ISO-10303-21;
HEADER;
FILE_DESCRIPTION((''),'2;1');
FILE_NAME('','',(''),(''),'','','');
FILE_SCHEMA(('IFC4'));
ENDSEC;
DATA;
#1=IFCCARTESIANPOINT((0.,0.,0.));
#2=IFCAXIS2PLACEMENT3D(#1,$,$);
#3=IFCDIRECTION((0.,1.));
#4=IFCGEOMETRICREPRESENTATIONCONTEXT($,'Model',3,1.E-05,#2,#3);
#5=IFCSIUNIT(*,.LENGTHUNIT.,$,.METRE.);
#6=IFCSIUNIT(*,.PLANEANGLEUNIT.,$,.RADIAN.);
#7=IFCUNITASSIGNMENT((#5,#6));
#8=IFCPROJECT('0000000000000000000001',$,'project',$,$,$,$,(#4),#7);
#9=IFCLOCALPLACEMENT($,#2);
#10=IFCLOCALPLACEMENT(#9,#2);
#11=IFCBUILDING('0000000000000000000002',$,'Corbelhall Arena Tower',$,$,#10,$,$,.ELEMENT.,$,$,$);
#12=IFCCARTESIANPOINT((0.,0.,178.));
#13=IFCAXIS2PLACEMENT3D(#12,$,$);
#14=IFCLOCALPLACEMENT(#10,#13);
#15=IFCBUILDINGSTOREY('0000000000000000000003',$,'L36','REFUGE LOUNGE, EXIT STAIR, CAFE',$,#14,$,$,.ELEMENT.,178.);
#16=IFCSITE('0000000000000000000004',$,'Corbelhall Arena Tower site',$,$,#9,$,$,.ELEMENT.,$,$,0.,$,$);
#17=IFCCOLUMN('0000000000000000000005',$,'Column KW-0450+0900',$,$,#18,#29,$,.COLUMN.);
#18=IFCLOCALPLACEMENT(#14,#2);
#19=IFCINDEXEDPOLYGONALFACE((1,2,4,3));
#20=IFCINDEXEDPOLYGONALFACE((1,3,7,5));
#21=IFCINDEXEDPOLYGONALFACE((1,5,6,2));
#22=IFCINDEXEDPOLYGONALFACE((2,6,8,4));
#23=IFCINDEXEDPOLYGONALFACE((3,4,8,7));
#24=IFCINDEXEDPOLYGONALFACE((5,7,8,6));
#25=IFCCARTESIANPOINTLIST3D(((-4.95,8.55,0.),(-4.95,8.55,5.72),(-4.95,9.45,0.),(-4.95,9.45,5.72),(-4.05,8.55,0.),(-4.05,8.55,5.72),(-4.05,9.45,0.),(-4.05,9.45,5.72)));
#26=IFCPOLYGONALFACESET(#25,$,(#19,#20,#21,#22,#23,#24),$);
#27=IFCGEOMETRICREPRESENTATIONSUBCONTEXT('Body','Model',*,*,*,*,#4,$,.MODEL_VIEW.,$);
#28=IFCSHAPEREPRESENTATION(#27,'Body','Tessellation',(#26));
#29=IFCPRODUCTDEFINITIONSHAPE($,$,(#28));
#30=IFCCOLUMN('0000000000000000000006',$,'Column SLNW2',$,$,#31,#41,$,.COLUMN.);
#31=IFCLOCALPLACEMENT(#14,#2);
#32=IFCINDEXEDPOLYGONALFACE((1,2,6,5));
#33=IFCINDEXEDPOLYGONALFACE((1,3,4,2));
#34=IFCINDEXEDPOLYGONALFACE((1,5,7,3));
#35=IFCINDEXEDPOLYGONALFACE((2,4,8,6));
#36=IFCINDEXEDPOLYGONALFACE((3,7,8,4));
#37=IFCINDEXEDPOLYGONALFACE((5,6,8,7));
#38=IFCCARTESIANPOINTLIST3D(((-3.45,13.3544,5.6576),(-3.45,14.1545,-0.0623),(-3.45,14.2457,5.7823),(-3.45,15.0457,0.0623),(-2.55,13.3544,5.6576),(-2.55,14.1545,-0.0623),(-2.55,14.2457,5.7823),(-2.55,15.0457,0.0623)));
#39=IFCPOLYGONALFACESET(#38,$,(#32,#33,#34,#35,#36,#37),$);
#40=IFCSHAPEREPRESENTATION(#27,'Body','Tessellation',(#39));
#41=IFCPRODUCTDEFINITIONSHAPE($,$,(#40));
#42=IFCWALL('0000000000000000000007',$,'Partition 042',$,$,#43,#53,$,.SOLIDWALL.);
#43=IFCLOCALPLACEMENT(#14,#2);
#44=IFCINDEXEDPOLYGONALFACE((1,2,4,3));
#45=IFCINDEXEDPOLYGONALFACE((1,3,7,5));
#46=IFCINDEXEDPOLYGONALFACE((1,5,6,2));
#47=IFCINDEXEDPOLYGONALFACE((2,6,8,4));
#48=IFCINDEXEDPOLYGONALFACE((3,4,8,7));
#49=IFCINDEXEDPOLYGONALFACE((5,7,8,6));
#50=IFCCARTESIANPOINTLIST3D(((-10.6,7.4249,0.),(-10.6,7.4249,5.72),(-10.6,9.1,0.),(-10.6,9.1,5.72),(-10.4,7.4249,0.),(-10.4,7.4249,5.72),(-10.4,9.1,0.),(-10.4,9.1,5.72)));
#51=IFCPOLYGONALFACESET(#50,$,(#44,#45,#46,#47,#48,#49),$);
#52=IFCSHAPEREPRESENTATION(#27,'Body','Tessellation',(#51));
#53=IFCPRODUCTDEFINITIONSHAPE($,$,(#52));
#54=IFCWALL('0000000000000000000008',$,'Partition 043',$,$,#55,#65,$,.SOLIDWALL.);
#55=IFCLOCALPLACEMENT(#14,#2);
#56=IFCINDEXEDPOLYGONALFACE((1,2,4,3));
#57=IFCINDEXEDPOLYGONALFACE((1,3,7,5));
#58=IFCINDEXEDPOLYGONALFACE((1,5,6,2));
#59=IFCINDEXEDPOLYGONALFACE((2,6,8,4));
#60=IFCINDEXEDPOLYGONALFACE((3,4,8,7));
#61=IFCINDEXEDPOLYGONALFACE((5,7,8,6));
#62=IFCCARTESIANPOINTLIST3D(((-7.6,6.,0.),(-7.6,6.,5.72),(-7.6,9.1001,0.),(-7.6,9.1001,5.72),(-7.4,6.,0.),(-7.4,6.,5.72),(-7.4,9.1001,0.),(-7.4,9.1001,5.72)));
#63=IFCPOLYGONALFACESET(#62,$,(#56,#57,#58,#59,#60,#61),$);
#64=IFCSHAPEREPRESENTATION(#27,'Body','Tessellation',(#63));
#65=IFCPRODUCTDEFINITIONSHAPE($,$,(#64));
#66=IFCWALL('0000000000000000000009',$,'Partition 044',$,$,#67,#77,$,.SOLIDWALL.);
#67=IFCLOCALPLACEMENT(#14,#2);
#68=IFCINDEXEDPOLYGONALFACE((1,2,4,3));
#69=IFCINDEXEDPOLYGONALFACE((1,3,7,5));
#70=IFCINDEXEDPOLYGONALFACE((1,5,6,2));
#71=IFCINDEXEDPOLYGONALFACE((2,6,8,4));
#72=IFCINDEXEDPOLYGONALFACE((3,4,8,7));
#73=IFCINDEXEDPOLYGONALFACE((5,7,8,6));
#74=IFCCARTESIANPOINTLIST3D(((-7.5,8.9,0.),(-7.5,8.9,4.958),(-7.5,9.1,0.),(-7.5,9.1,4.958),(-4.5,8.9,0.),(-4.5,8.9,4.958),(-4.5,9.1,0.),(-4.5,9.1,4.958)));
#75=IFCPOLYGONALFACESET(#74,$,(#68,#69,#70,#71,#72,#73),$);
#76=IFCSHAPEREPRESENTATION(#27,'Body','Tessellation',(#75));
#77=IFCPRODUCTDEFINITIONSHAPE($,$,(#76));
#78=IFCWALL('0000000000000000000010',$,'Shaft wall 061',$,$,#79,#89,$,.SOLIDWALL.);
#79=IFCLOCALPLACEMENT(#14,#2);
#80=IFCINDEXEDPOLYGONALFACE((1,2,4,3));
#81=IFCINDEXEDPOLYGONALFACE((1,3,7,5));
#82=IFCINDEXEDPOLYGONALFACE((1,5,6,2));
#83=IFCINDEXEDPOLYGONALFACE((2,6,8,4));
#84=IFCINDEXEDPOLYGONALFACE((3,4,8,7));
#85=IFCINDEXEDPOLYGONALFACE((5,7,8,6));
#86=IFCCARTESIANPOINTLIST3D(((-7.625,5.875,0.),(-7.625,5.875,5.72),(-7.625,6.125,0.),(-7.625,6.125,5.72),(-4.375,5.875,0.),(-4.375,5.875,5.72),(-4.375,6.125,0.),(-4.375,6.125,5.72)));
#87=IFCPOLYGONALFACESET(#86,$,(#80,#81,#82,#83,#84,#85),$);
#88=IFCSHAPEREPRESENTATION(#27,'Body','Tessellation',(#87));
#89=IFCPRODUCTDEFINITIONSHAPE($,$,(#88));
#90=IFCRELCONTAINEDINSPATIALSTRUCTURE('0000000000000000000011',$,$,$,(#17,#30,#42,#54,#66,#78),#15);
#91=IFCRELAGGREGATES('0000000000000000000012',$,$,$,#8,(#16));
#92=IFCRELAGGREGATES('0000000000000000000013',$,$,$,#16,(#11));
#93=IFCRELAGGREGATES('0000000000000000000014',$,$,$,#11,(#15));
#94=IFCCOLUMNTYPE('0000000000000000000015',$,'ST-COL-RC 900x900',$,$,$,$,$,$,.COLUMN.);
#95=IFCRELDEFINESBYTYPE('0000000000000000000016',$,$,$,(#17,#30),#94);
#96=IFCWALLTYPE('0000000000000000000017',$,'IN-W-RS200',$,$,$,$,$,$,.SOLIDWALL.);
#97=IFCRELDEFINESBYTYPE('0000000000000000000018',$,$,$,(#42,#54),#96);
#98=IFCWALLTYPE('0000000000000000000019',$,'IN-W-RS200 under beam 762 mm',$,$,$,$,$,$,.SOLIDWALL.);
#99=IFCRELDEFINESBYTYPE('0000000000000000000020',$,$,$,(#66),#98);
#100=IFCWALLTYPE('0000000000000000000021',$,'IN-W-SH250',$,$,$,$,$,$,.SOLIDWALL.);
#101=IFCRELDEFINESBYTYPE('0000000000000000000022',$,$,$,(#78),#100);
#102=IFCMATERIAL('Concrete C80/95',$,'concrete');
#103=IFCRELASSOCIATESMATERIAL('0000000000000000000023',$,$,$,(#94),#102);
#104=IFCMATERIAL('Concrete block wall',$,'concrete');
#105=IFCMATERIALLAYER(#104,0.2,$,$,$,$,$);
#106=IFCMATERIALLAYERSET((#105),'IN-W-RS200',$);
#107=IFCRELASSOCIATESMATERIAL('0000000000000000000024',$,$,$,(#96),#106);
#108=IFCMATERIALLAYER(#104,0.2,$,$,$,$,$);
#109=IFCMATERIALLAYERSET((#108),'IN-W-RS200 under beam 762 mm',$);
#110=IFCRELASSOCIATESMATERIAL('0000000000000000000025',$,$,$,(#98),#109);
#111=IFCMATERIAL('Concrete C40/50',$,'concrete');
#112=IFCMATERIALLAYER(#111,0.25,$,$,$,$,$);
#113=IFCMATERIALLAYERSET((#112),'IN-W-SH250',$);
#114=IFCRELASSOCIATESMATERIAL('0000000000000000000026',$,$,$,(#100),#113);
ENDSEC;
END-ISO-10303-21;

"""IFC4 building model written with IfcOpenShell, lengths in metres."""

from ifc_helpers import new_model, si_unit, direction, frame, frame_2d, origin, origin_2d, place, context, subcontext, project, spatial, rectangle, extrude, material, layer, layer_set, material_profile, profile_set, type_object, element, save


model = new_model("IFC4")

# Units and contexts
model_context = context("Model", 3, precision=1e-05, world=origin(), true_north=direction((0.0, 1.0)))
body_context = subcontext(model_context, "Body", "Model", "MODEL_VIEW")
ifc_project = project(units=[si_unit("LENGTHUNIT", "METRE"), si_unit("PLANEANGLEUNIT", "RADIAN")], contexts=[model_context])

# Site, building, storey
site_placement = place(None, origin())
site = spatial("IfcSite", under=ifc_project, at=site_placement, Name="Corbelhall Arena Tower site", CompositionType="ELEMENT", RefElevation=0.0)
building_placement = place(site_placement, origin())
building = spatial("IfcBuilding", under=site, at=building_placement, Name="Corbelhall Arena Tower", CompositionType="ELEMENT")
storey_placement = place(building_placement, frame((0.0, 0.0, 178.0)))
storey = spatial("IfcBuildingStorey", under=building, at=storey_placement, Name="L36", Description="REFUGE LOUNGE, EXIT STAIR, CAFE", CompositionType="ELEMENT", Elevation=178.0)

# Columns
ifc_material_1 = material(Name="Concrete C80/95", Category="concrete")
ifc_material_profile = material_profile(ifc_material_1, rectangle(XDim=0.8999, YDim=0.8999, at=origin_2d()))
ifc_profile_set = profile_set([ifc_material_profile], Name="Concrete C80/95")
column_type = type_object("IfcColumnType", Name="ST-COL-RC 900x900", PredefinedType="COLUMN", material=ifc_profile_set)
column_1_placement = place(storey_placement, frame((-4.5, 9.0, 0.0), z_axis=(0.0, 0.0, 1.0), x_axis=(1.0, 0.0, 0.0)))
element("IfcColumn", 1, at=column_1_placement, inside=storey, type_object=column_type, Name="Column KW-0450+0900", PredefinedType="COLUMN", context=body_context, shape_type="SweptSolid", body=[
    extrude(rectangle(XDim=0.8999, YDim=0.8999, at=origin_2d()), origin(), (0.0, 0.0, 1.0), 5.72),
])
column_2_placement = place(storey_placement, frame((-3.0, 14.6001, 0.0), z_axis=(0.0, -0.138521, 0.990359), x_axis=(1.0, 0.0, 0.0)))
element("IfcColumn", 2, at=column_2_placement, inside=storey, type_object=column_type, Name="Column SLNW2", PredefinedType="COLUMN", context=body_context, shape_type="SweptSolid", body=[
    extrude(rectangle(XDim=0.8999, YDim=0.8999, at=origin_2d()), origin(), (0.0, 0.0, 1.0), 5.7756),
])

# Walls
ifc_material_2 = material(Name="Concrete block wall", Category="concrete")
ifc_layer_1 = layer(ifc_material_2, 0.2)
ifc_layer_set_1 = layer_set([ifc_layer_1], Name="IN-W-RS200")
wall_type_1 = type_object("IfcWallType", Name="IN-W-RS200", PredefinedType="SOLIDWALL", material=ifc_layer_set_1)
wall_1_placement = place(storey_placement, frame((-10.5, 7.425, 0.0), z_axis=(0.0, 0.0, 1.0), x_axis=(0.0, 1.0, 0.0)))
element("IfcWall", 3, at=wall_1_placement, inside=storey, type_object=wall_type_1, Name="Partition 042", PredefinedType="SOLIDWALL", context=body_context, shape_type="SweptSolid", body=[
    extrude(rectangle(XDim=1.675, YDim=0.2, at=frame_2d((0.8374, 0.0))), origin(), (0.0, 0.0, 1.0), 5.72),
])
wall_2_placement = place(storey_placement, frame((-7.5, 6.0, 0.0), z_axis=(0.0, 0.0, 1.0), x_axis=(0.0, 1.0, 0.0)))
element("IfcWall", 4, at=wall_2_placement, inside=storey, type_object=wall_type_1, Name="Partition 043", PredefinedType="SOLIDWALL", context=body_context, shape_type="SweptSolid", body=[
    extrude(rectangle(XDim=3.1001, YDim=0.2, at=frame_2d((1.55, 0.0))), origin(), (0.0, 0.0, 1.0), 5.72),
])
ifc_layer_2 = layer(ifc_material_2, 0.2)
ifc_layer_set_2 = layer_set([ifc_layer_2], Name="IN-W-RS200 under beam 762 mm")
wall_type_2 = type_object("IfcWallType", Name="IN-W-RS200 under beam 762 mm", PredefinedType="SOLIDWALL", material=ifc_layer_set_2)
wall_3_placement = place(storey_placement, frame((-7.5, 9.0, 0.0), z_axis=(0.0, 0.0, 1.0), x_axis=(1.0, 0.0, 0.0)))
element("IfcWall", 5, at=wall_3_placement, inside=storey, type_object=wall_type_2, Name="Partition 044", PredefinedType="SOLIDWALL", context=body_context, shape_type="SweptSolid", body=[
    extrude(rectangle(XDim=3.0, YDim=0.2, at=frame_2d((1.5, 0.0))), origin(), (0.0, 0.0, 1.0), 4.958),
])

# Wall
ifc_material_3 = material(Name="Concrete C40/50", Category="concrete")
ifc_layer_3 = layer(ifc_material_3, 0.25)
ifc_layer_set_3 = layer_set([ifc_layer_3], Name="IN-W-SH250")
wall_type_3 = type_object("IfcWallType", Name="IN-W-SH250", PredefinedType="SOLIDWALL", material=ifc_layer_set_3)
wall_4_placement = place(storey_placement, frame((-7.625, 6.0, 0.0), z_axis=(0.0, 0.0, 1.0), x_axis=(1.0, 0.0, 0.0)))
element("IfcWall", 6, at=wall_4_placement, inside=storey, type_object=wall_type_3, Name="Shaft wall 061", PredefinedType="SOLIDWALL", context=body_context, shape_type="SweptSolid", body=[
    extrude(rectangle(XDim=3.25, YDim=0.25, at=frame_2d((1.625, 0.0))), origin(), (0.0, 0.0, 1.0), 5.72),
])

save(model, "model.ifc")
